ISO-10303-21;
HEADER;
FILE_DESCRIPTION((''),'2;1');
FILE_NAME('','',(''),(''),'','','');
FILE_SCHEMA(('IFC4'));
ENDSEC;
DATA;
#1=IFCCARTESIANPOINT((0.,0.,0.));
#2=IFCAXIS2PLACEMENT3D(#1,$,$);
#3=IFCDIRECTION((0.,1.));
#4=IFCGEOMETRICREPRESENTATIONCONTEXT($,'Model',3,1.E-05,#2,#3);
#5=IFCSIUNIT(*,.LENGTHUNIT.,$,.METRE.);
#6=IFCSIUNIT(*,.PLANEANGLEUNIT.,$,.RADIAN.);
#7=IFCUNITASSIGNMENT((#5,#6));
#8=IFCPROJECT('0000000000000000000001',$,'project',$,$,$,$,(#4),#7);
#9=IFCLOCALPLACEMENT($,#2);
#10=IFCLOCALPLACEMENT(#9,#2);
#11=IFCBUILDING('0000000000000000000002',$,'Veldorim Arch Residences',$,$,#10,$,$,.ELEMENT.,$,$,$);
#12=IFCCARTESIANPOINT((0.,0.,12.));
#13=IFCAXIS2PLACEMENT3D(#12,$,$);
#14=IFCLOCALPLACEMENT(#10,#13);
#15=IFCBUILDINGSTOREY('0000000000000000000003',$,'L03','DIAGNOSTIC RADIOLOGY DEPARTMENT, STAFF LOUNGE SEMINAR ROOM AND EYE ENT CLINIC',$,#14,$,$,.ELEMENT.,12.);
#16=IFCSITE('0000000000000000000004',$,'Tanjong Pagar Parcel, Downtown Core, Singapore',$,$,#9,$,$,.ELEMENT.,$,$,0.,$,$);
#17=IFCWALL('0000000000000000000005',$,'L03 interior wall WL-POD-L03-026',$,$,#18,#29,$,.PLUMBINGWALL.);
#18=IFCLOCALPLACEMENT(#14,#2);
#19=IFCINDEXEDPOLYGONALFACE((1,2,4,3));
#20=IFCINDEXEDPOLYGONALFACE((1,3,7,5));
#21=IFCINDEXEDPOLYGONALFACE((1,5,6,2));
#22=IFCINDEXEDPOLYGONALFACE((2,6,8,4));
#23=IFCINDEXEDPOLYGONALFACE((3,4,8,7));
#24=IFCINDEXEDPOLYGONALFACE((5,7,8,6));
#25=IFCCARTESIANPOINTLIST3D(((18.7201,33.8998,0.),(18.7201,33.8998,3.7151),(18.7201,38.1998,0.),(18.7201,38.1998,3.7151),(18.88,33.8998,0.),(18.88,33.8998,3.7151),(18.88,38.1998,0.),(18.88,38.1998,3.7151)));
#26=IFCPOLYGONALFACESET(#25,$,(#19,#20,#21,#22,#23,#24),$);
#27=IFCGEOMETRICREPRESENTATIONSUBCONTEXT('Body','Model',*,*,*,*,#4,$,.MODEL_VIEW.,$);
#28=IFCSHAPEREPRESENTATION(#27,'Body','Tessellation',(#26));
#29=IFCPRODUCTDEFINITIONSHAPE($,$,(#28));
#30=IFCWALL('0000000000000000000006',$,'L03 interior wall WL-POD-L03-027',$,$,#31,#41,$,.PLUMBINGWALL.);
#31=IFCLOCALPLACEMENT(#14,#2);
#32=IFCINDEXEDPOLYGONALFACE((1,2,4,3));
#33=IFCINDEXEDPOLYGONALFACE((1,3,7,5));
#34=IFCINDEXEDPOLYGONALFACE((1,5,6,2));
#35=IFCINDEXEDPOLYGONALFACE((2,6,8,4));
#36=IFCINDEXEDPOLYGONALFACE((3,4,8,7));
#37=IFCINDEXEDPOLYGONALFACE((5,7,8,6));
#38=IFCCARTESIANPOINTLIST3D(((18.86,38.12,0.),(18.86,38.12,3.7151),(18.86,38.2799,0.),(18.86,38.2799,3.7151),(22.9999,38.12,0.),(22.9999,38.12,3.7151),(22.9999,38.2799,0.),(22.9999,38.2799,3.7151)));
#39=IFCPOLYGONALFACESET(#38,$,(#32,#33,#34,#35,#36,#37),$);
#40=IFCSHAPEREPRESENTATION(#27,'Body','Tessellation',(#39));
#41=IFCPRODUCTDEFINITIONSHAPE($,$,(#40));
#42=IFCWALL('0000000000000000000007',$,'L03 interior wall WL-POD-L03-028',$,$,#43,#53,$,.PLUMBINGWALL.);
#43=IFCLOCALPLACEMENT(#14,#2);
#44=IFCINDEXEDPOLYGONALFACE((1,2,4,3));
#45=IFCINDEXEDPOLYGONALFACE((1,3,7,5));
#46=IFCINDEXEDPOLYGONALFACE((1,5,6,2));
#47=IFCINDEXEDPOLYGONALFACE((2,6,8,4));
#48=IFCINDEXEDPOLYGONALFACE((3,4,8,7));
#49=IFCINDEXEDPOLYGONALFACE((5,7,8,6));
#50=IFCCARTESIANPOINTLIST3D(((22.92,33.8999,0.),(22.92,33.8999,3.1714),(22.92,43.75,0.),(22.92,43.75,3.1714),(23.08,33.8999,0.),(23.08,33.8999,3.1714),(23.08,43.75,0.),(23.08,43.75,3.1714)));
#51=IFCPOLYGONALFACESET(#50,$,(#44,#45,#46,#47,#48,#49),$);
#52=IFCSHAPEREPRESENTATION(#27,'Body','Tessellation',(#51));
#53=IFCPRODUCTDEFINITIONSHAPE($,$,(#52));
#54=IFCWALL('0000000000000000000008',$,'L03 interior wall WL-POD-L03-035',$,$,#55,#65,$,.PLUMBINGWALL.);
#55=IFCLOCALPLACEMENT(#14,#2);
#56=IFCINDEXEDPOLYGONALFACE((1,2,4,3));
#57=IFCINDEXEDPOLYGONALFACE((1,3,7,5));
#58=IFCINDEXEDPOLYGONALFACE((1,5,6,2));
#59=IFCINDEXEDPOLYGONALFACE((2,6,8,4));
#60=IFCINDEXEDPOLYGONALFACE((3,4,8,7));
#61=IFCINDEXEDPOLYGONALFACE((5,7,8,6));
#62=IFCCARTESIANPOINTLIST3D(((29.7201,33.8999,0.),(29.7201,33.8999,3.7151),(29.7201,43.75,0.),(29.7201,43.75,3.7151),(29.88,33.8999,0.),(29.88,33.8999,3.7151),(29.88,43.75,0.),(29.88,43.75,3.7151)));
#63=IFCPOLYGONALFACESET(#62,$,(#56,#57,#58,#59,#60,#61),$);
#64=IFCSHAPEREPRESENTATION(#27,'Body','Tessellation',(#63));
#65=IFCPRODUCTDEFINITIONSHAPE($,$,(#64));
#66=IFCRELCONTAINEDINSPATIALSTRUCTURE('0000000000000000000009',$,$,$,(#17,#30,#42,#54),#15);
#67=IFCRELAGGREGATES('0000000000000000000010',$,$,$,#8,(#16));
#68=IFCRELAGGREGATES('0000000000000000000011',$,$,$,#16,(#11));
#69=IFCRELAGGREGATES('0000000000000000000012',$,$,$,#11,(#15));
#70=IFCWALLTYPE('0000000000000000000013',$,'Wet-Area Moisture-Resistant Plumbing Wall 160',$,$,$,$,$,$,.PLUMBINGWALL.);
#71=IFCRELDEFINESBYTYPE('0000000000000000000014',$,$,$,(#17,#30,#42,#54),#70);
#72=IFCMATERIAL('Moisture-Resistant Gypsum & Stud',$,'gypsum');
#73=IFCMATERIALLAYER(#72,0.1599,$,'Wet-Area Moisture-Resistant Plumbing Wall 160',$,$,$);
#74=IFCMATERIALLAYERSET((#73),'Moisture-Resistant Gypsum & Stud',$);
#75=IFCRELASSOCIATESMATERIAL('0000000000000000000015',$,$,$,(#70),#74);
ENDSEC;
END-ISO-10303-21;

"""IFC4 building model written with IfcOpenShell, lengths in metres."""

from ifc_helpers import new_model, si_unit, direction, frame, frame_2d, origin, place, context, subcontext, project, spatial, rectangle, extrude, material, layer, layer_set, type_object, element, save


model = new_model("IFC4")

# Units and contexts
model_context = context("Model", 3, precision=1e-05, world=origin(), true_north=direction((0.0, 1.0)))
body_context = subcontext(model_context, "Body", "Model", "MODEL_VIEW")
ifc_project = project(units=[si_unit("LENGTHUNIT", "METRE"), si_unit("PLANEANGLEUNIT", "RADIAN")], contexts=[model_context])

# Site, building, storey
site_placement = place(None, origin())
site = spatial("IfcSite", under=ifc_project, at=site_placement, Name="Tanjong Pagar Parcel, Downtown Core, Singapore", CompositionType="ELEMENT", RefElevation=0.0)
building_placement = place(site_placement, origin())
building = spatial("IfcBuilding", under=site, at=building_placement, Name="Veldorim Arch Residences", CompositionType="ELEMENT")
storey_placement = place(building_placement, frame((0.0, 0.0, 12.0)))
storey = spatial("IfcBuildingStorey", under=building, at=storey_placement, Name="L03", Description="DIAGNOSTIC RADIOLOGY DEPARTMENT, STAFF LOUNGE SEMINAR ROOM AND EYE ENT CLINIC", CompositionType="ELEMENT", Elevation=12.0)

# Walls
ifc_material_1 = material(Name="Moisture-Resistant Gypsum & Stud", Category="gypsum")
ifc_layer_1 = layer(ifc_material_1, 0.1599, Name="Wet-Area Moisture-Resistant Plumbing Wall 160")
ifc_layer_set_1 = layer_set([ifc_layer_1], Name="Moisture-Resistant Gypsum & Stud")
wall_type_1 = type_object("IfcWallType", Name="Wet-Area Moisture-Resistant Plumbing Wall 160", PredefinedType="PLUMBINGWALL", material=ifc_layer_set_1)
wall_1_placement = place(storey_placement, frame((18.8, 33.8999, 0.0), z_axis=(0.0, 0.0, 1.0), x_axis=(0.0, 1.0, 0.0)))
element("IfcWall", 1, at=wall_1_placement, inside=storey, type_object=wall_type_1, Name="L03 interior wall WL-POD-L03-026", PredefinedType="PLUMBINGWALL", context=body_context, shape_type="SweptSolid", body=[
    extrude(rectangle(XDim=4.3, YDim=0.1599, at=frame_2d((2.1499, 0.0))), origin(), (0.0, 0.0, 1.0), 3.7151),
])
wall_2_placement = place(storey_placement, frame((18.8601, 38.2, 0.0), z_axis=(0.0, 0.0, 1.0), x_axis=(1.0, 0.0, 0.0)))
element("IfcWall", 2, at=wall_2_placement, inside=storey, type_object=wall_type_1, Name="L03 interior wall WL-POD-L03-027", PredefinedType="PLUMBINGWALL", context=body_context, shape_type="SweptSolid", body=[
    extrude(rectangle(XDim=4.1399, YDim=0.1599, at=frame_2d((2.0698, 0.0))), origin(), (0.0, 0.0, 1.0), 3.7151),
])
wall_3_placement = place(storey_placement, frame((23.0, 43.75, 0.0), z_axis=(0.0, 0.0, 1.0), x_axis=(0.0, -1.0, 0.0)))
element("IfcWall", 3, at=wall_3_placement, inside=storey, type_object=wall_type_1, Name="L03 interior wall WL-POD-L03-028", PredefinedType="PLUMBINGWALL", context=body_context, shape_type="SweptSolid", body=[
    extrude(rectangle(XDim=9.8501, YDim=0.1599, at=frame_2d((4.925, 0.0))), origin(), (0.0, 0.0, 1.0), 3.1714),
])
wall_4_placement = place(storey_placement, frame((29.8, 43.75, 0.0), z_axis=(0.0, 0.0, 1.0), x_axis=(0.0, -1.0, 0.0)))
element("IfcWall", 4, at=wall_4_placement, inside=storey, type_object=wall_type_1, Name="L03 interior wall WL-POD-L03-035", PredefinedType="PLUMBINGWALL", context=body_context, shape_type="SweptSolid", body=[
    extrude(rectangle(XDim=9.8501, YDim=0.1599, at=frame_2d((4.925, 0.0))), origin(), (0.0, 0.0, 1.0), 3.7151),
])

save(model, "model.ifc")
